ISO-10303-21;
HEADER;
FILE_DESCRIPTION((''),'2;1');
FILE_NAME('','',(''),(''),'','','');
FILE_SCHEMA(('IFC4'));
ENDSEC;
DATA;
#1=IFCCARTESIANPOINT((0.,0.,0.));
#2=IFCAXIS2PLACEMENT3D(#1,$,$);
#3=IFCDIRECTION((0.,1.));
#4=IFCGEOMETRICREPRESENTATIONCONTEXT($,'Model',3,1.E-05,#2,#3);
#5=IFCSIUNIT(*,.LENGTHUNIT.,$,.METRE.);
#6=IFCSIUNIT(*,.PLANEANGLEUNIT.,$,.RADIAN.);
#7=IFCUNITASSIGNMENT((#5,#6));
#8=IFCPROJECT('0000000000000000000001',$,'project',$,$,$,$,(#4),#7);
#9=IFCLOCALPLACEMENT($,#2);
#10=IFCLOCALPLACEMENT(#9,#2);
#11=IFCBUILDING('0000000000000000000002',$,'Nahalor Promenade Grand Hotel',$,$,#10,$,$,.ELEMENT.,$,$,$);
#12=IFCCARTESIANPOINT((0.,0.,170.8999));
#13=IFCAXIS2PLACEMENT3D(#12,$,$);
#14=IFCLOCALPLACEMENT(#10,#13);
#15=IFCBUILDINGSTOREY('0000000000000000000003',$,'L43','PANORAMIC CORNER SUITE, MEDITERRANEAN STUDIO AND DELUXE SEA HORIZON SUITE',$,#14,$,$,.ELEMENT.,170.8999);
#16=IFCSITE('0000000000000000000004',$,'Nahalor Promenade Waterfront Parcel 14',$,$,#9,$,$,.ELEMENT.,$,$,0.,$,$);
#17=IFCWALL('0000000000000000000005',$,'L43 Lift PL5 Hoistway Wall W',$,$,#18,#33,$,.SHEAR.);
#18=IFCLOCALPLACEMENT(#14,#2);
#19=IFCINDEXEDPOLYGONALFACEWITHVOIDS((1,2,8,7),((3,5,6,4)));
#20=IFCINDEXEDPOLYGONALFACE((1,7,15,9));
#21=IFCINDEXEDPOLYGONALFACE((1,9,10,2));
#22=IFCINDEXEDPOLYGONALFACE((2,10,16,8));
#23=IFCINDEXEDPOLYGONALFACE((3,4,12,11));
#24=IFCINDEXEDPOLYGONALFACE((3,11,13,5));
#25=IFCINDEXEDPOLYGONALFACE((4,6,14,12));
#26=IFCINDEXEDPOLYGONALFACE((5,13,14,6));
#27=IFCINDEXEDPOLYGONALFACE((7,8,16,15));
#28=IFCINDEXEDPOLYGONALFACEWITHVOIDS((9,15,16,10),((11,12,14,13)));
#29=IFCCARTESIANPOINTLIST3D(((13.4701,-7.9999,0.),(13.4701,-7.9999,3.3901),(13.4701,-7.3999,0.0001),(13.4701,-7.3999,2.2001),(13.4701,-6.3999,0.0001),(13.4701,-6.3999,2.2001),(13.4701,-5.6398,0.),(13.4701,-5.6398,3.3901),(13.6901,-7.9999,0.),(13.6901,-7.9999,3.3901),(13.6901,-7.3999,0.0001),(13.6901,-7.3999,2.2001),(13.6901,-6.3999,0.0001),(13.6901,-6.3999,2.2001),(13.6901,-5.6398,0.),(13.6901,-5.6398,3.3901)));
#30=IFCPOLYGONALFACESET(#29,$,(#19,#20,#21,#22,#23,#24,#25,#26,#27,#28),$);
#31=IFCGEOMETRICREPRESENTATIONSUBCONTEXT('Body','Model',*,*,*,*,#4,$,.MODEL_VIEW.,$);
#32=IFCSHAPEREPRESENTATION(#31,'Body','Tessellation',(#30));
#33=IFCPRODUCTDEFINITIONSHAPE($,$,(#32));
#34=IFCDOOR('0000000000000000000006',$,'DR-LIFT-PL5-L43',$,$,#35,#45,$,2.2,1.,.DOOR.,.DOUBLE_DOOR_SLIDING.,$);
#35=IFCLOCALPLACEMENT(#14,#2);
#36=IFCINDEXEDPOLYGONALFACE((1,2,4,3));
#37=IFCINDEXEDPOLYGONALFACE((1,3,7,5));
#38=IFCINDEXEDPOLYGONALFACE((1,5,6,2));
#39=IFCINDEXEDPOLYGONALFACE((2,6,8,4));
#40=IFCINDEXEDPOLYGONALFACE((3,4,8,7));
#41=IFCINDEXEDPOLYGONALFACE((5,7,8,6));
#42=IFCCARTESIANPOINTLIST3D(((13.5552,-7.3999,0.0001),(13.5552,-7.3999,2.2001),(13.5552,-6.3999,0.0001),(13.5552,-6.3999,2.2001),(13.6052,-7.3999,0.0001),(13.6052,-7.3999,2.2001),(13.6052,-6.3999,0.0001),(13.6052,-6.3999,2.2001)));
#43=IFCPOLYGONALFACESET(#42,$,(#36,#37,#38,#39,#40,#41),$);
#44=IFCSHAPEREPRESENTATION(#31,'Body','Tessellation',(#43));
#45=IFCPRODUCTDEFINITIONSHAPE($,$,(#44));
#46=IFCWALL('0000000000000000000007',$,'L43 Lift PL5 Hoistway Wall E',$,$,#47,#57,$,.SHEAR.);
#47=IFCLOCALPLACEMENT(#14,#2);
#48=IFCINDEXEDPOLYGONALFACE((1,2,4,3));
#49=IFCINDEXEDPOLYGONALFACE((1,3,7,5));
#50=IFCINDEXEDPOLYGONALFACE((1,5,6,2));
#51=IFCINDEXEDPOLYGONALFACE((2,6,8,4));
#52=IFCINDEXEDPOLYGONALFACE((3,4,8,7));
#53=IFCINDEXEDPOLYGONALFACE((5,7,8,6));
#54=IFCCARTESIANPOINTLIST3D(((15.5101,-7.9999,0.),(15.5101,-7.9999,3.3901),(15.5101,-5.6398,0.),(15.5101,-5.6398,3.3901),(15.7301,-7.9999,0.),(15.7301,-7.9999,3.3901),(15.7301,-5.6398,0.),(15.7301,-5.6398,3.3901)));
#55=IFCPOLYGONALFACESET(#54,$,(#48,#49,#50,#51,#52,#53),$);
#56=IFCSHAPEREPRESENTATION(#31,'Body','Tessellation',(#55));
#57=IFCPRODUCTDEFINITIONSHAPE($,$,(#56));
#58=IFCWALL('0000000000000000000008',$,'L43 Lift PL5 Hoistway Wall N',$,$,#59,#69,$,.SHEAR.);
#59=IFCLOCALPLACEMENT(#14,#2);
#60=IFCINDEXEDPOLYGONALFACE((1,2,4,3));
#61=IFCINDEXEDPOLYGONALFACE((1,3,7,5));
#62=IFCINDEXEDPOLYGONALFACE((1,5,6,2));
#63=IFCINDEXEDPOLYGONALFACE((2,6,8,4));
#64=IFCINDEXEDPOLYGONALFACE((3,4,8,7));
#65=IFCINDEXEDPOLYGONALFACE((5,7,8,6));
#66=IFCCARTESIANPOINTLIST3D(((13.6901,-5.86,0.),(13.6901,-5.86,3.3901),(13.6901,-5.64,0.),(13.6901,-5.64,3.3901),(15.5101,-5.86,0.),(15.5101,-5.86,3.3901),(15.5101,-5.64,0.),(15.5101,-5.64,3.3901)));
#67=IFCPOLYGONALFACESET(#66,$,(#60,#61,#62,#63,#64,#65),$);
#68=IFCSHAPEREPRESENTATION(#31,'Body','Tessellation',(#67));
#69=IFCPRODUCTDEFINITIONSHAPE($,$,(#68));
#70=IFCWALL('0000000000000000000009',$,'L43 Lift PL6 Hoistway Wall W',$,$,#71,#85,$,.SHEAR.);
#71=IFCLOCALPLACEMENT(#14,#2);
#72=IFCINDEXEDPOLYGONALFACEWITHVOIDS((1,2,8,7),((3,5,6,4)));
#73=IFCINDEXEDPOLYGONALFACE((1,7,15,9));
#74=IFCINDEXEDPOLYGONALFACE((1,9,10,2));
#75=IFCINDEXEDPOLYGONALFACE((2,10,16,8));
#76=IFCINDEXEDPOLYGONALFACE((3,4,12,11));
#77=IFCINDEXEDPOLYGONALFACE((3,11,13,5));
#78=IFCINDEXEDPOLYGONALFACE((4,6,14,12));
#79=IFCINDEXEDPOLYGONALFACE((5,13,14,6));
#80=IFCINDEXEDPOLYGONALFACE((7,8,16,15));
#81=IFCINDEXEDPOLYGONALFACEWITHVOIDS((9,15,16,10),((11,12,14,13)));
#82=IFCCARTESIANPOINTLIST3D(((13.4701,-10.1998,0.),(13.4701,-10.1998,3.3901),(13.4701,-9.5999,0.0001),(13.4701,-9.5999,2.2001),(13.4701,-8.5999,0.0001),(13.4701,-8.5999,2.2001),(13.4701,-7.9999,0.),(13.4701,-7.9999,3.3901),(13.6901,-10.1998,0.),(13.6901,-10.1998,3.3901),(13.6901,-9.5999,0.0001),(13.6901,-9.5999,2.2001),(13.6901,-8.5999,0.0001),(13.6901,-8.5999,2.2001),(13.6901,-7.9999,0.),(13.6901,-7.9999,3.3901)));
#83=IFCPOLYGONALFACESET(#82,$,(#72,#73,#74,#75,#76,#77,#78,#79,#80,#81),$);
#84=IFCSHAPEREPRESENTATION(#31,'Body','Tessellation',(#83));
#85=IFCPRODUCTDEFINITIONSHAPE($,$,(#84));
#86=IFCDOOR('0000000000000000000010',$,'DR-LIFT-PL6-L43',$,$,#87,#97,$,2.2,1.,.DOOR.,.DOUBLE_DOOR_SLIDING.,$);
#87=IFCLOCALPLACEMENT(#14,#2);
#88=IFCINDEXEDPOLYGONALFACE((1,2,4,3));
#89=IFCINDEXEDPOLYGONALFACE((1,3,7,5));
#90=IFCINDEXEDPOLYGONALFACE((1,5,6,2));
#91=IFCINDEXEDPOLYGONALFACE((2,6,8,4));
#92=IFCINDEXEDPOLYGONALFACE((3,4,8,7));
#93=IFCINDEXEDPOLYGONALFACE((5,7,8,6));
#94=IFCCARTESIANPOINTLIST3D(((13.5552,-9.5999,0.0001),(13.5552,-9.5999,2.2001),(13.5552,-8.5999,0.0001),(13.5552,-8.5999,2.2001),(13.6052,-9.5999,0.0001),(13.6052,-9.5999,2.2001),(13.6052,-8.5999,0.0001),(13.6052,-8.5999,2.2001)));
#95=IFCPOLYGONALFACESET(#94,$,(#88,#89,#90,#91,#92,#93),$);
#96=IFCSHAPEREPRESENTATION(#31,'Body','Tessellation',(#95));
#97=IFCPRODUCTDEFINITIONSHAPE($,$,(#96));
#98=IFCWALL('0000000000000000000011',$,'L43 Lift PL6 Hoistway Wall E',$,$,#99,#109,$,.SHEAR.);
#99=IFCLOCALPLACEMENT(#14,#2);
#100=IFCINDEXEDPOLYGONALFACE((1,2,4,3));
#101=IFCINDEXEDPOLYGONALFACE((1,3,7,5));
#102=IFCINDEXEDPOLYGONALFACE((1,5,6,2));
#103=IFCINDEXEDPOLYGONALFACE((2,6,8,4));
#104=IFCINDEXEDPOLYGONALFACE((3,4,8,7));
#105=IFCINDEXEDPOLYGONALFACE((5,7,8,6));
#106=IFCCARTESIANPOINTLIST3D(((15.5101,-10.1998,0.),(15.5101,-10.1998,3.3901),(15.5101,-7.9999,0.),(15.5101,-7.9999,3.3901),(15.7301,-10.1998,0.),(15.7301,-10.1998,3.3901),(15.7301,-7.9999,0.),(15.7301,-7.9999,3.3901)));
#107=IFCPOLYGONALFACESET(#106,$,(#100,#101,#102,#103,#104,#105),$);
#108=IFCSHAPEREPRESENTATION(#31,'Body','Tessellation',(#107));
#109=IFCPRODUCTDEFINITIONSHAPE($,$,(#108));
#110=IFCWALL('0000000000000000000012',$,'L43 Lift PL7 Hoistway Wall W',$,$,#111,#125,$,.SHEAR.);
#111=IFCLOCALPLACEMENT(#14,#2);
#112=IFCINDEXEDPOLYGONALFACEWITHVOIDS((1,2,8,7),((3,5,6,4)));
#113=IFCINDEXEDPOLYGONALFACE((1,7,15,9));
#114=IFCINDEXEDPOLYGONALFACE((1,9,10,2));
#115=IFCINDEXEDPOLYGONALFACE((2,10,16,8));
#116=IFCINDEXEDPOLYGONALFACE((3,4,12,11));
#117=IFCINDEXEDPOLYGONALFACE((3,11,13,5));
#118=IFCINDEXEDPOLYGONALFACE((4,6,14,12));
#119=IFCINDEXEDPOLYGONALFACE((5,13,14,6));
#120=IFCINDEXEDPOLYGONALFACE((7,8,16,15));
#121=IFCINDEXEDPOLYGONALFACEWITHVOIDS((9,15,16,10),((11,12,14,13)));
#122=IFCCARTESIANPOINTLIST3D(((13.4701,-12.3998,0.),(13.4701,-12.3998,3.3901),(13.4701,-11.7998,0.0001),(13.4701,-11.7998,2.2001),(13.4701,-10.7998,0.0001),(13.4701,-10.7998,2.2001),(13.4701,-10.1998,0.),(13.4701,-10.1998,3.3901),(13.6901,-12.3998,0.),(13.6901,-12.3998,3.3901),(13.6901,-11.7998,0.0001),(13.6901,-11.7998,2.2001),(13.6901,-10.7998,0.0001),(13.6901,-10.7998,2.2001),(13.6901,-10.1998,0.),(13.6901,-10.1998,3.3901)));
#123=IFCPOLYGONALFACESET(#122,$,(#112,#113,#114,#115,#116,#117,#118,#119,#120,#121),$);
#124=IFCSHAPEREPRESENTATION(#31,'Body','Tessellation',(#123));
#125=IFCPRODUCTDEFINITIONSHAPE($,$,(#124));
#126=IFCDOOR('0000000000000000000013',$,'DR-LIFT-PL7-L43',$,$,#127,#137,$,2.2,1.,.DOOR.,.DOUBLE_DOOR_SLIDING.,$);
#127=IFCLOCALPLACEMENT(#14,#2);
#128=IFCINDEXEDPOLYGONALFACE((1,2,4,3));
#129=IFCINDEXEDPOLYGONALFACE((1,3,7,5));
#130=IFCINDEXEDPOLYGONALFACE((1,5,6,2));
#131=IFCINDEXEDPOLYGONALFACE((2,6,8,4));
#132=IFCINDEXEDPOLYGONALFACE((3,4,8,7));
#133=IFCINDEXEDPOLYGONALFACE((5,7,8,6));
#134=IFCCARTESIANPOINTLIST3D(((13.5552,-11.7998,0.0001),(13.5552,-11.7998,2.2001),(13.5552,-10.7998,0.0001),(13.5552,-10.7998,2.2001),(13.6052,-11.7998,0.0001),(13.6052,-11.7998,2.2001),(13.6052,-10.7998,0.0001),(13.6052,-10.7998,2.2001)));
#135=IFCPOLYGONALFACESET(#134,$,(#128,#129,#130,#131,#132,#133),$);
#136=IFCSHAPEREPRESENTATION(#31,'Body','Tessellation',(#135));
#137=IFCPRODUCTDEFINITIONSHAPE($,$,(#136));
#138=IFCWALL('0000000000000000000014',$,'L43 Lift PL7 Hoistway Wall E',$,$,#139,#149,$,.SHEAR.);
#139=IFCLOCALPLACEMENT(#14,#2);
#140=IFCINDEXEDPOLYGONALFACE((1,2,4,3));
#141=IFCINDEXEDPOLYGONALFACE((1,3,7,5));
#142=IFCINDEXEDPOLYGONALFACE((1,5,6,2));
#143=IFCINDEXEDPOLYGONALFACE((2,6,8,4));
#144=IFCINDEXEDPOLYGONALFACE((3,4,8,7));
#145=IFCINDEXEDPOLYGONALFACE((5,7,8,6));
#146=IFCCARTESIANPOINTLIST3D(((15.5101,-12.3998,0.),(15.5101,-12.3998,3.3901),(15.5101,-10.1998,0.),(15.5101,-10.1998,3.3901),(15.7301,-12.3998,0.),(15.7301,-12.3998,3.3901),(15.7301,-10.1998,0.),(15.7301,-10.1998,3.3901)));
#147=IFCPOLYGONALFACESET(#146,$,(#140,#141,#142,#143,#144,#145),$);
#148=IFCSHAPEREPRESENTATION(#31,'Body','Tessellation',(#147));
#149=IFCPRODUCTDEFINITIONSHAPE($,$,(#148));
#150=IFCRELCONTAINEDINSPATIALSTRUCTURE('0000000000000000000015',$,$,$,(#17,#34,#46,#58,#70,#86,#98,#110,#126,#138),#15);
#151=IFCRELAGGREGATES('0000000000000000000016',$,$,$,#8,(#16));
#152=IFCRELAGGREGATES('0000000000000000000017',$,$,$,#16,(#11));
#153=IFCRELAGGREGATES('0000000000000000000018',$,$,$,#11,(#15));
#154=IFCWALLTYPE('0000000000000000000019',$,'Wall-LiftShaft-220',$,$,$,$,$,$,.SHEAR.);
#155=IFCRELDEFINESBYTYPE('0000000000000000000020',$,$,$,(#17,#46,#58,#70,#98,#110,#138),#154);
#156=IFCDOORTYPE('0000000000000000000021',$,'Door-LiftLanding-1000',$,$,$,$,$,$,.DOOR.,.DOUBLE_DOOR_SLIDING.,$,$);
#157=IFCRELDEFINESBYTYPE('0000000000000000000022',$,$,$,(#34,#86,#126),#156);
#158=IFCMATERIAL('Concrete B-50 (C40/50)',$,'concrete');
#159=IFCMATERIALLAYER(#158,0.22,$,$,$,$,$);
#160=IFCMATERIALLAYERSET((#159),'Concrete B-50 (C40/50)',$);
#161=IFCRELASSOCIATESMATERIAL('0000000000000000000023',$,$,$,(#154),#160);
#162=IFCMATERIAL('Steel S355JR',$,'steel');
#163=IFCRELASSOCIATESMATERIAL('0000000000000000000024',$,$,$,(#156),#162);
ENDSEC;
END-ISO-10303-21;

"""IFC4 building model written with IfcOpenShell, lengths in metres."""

from ifc_helpers import new_model, si_unit, direction, frame, frame_2d, origin, place, context, subcontext, project, spatial, rectangle, extrude, source, transform, mapped, material, layer, layer_set, type_object, element, fill, save


model = new_model("IFC4")

# Units and contexts
model_context = context("Model", 3, precision=1e-05, world=origin(), true_north=direction((0.0, 1.0)))
body_context = subcontext(model_context, "Body", "Model", "MODEL_VIEW")
ifc_project = project(units=[si_unit("LENGTHUNIT", "METRE"), si_unit("PLANEANGLEUNIT", "RADIAN")], contexts=[model_context])

# Site, building, storey
site_placement = place(None, origin())
site = spatial("IfcSite", under=ifc_project, at=site_placement, Name="Nahalor Promenade Waterfront Parcel 14", CompositionType="ELEMENT", RefElevation=0.0)
building_placement = place(site_placement, origin())
building = spatial("IfcBuilding", under=site, at=building_placement, Name="Nahalor Promenade Grand Hotel", CompositionType="ELEMENT")
storey_placement = place(building_placement, frame((0.0, 0.0, 170.8999)))
storey = spatial("IfcBuildingStorey", under=building, at=storey_placement, Name="L43", Description="PANORAMIC CORNER SUITE, MEDITERRANEAN STUDIO AND DELUXE SEA HORIZON SUITE", CompositionType="ELEMENT", Elevation=170.8999)

# Shared definitions
ifc_material_1 = material(Name="Steel S355JR", Category="steel")

# Shared definitions
ifc_material_2 = material(Name="Concrete B-50 (C40/50)", Category="concrete")
ifc_layer_1 = layer(ifc_material_2, 0.22)
ifc_layer_set_1 = layer_set([ifc_layer_1], Name="Concrete B-50 (C40/50)")
wall_type_1 = type_object("IfcWallType", Name="Wall-LiftShaft-220", PredefinedType="SHEAR", material=ifc_layer_set_1)

# Wall, opening, door
shared_shape_1 = source(origin(), body_context, "Body", "SweptSolid", [
    extrude(rectangle(XDim=2.3601, YDim=0.22, at=frame_2d((1.1802, 0.0))), origin(), (0.0, 0.0, 1.0), 3.3901),
])
wall_1_placement = place(storey_placement, frame((13.5801, -8.0, 0.0), z_axis=(0.0, 0.0, 1.0), x_axis=(0.0, 1.0, 0.0)))
wall_1 = element("IfcWall", 1, at=wall_1_placement, inside=storey, type_object=wall_type_1, Name="L43 Lift PL5 Hoistway Wall W", PredefinedType="SHEAR", context=body_context, shape_type="MappedRepresentation", body=[
    mapped(shared_shape_1, transform((0.0, 0.0, 0.0), scale=1.0)),
])
opening_1_placement = place(wall_1_placement, frame((0.6001, 0.0, 0.0)))
opening_1 = element("IfcOpeningElement", 2, at=opening_1_placement, cuts=wall_1, PredefinedType="OPENING", context=body_context, shape_type="SweptSolid", body=[
    extrude(rectangle(XDim=1.0, YDim=2.2, at=frame_2d((0.5, 1.1001))), frame((0.0, 0.1199, 0.0), z_axis=(0.0, -1.0, 0.0), x_axis=(1.0, 0.0, 0.0)), (0.0, 0.0, 1.0), 0.24),
])
door_type_1 = type_object("IfcDoorType", Name="Door-LiftLanding-1000", OperationType="DOUBLE_DOOR_SLIDING", PredefinedType="DOOR", material=ifc_material_1)
shared_shape_2 = source(origin(), body_context, "Body", "SweptSolid", [
    extrude(rectangle(XDim=1.0, YDim=2.2, at=frame_2d((0.5, 1.1001))), frame((0.0, 0.0249, 0.0), z_axis=(0.0, -1.0, 0.0), x_axis=(1.0, 0.0, 0.0)), (0.0, 0.0, 1.0), 0.05),
])
door_1_placement = place(opening_1_placement, origin())
door_1 = element("IfcDoor", 3, at=door_1_placement, inside=storey, type_object=door_type_1, Name="DR-LIFT-PL5-L43", OperationType="DOUBLE_DOOR_SLIDING", OverallHeight=2.2, OverallWidth=1.0, PredefinedType="DOOR", context=body_context, shape_type="MappedRepresentation", body=[
    mapped(shared_shape_2, transform((0.0, 0.0, 0.0), scale=1.0)),
])
fill(opening_1, door_1)

# Walls
wall_2_placement = place(storey_placement, frame((15.6201, -8.0, 0.0), z_axis=(0.0, 0.0, 1.0), x_axis=(0.0, 1.0, 0.0)))
element("IfcWall", 4, at=wall_2_placement, inside=storey, type_object=wall_type_1, Name="L43 Lift PL5 Hoistway Wall E", PredefinedType="SHEAR", context=body_context, shape_type="MappedRepresentation", body=[
    mapped(shared_shape_1, transform((0.0, 0.0, 0.0), scale=1.0)),
])
shared_shape_3 = source(origin(), body_context, "Body", "SweptSolid", [
    extrude(rectangle(XDim=1.8201, YDim=0.22, at=frame_2d((0.9102, 0.0))), origin(), (0.0, 0.0, 1.0), 3.3901),
])
wall_3_placement = place(storey_placement, frame((13.6899, -5.75, 0.0), z_axis=(0.0, 0.0, 1.0), x_axis=(1.0, 0.0, 0.0)))
element("IfcWall", 5, at=wall_3_placement, inside=storey, type_object=wall_type_1, Name="L43 Lift PL5 Hoistway Wall N", PredefinedType="SHEAR", context=body_context, shape_type="MappedRepresentation", body=[
    mapped(shared_shape_3, transform((0.0, 0.0, 0.0), scale=1.0)),
])

# Wall, opening, door
shared_shape_4 = source(origin(), body_context, "Body", "SweptSolid", [
    extrude(rectangle(XDim=2.2, YDim=0.22, at=frame_2d((1.1001, 0.0))), origin(), (0.0, 0.0, 1.0), 3.3901),
])
wall_4_placement = place(storey_placement, frame((13.5801, -10.2, 0.0), z_axis=(0.0, 0.0, 1.0), x_axis=(0.0, 1.0, 0.0)))
wall_4 = element("IfcWall", 6, at=wall_4_placement, inside=storey, type_object=wall_type_1, Name="L43 Lift PL6 Hoistway Wall W", PredefinedType="SHEAR", context=body_context, shape_type="MappedRepresentation", body=[
    mapped(shared_shape_4, transform((0.0, 0.0, 0.0), scale=1.0)),
])
opening_2_placement = place(wall_4_placement, frame((0.6001, 0.0, 0.0)))
opening_2 = element("IfcOpeningElement", 7, at=opening_2_placement, cuts=wall_4, PredefinedType="OPENING", context=body_context, shape_type="SweptSolid", body=[
    extrude(rectangle(XDim=1.0, YDim=2.2, at=frame_2d((0.5, 1.1001))), frame((0.0, 0.1199, 0.0), z_axis=(0.0, -1.0, 0.0), x_axis=(1.0, 0.0, 0.0)), (0.0, 0.0, 1.0), 0.24),
])
door_2_placement = place(opening_2_placement, origin())
door_2 = element("IfcDoor", 8, at=door_2_placement, inside=storey, type_object=door_type_1, Name="DR-LIFT-PL6-L43", OperationType="DOUBLE_DOOR_SLIDING", OverallHeight=2.2, OverallWidth=1.0, PredefinedType="DOOR", context=body_context, shape_type="MappedRepresentation", body=[
    mapped(shared_shape_2, transform((0.0, 0.0, 0.0), scale=1.0)),
])
fill(opening_2, door_2)

# Wall
wall_5_placement = place(storey_placement, frame((15.6201, -10.2, 0.0), z_axis=(0.0, 0.0, 1.0), x_axis=(0.0, 1.0, 0.0)))
element("IfcWall", 9, at=wall_5_placement, inside=storey, type_object=wall_type_1, Name="L43 Lift PL6 Hoistway Wall E", PredefinedType="SHEAR", context=body_context, shape_type="MappedRepresentation", body=[
    mapped(shared_shape_4, transform((0.0, 0.0, 0.0), scale=1.0)),
])

# Wall, opening, door
wall_6_placement = place(storey_placement, frame((13.5801, -12.3999, 0.0), z_axis=(0.0, 0.0, 1.0), x_axis=(0.0, 1.0, 0.0)))
wall_6 = element("IfcWall", 10, at=wall_6_placement, inside=storey, type_object=wall_type_1, Name="L43 Lift PL7 Hoistway Wall W", PredefinedType="SHEAR", context=body_context, shape_type="MappedRepresentation", body=[
    mapped(shared_shape_4, transform((0.0, 0.0, 0.0), scale=1.0)),
])
opening_3_placement = place(wall_6_placement, frame((0.6001, 0.0, 0.0)))
opening_3 = element("IfcOpeningElement", 11, at=opening_3_placement, cuts=wall_6, PredefinedType="OPENING", context=body_context, shape_type="SweptSolid", body=[
    extrude(rectangle(XDim=1.0, YDim=2.2, at=frame_2d((0.5, 1.1001))), frame((0.0, 0.1199, 0.0), z_axis=(0.0, -1.0, 0.0), x_axis=(1.0, 0.0, 0.0)), (0.0, 0.0, 1.0), 0.24),
])
door_3_placement = place(opening_3_placement, origin())
door_3 = element("IfcDoor", 12, at=door_3_placement, inside=storey, type_object=door_type_1, Name="DR-LIFT-PL7-L43", OperationType="DOUBLE_DOOR_SLIDING", OverallHeight=2.2, OverallWidth=1.0, PredefinedType="DOOR", context=body_context, shape_type="MappedRepresentation", body=[
    mapped(shared_shape_2, transform((0.0, 0.0, 0.0), scale=1.0)),
])
fill(opening_3, door_3)

# Wall
wall_7_placement = place(storey_placement, frame((15.6201, -12.3999, 0.0), z_axis=(0.0, 0.0, 1.0), x_axis=(0.0, 1.0, 0.0)))
element("IfcWall", 13, at=wall_7_placement, inside=storey, type_object=wall_type_1, Name="L43 Lift PL7 Hoistway Wall E", PredefinedType="SHEAR", context=body_context, shape_type="MappedRepresentation", body=[
    mapped(shared_shape_4, transform((0.0, 0.0, 0.0), scale=1.0)),
])

save(model, "model.ifc")
